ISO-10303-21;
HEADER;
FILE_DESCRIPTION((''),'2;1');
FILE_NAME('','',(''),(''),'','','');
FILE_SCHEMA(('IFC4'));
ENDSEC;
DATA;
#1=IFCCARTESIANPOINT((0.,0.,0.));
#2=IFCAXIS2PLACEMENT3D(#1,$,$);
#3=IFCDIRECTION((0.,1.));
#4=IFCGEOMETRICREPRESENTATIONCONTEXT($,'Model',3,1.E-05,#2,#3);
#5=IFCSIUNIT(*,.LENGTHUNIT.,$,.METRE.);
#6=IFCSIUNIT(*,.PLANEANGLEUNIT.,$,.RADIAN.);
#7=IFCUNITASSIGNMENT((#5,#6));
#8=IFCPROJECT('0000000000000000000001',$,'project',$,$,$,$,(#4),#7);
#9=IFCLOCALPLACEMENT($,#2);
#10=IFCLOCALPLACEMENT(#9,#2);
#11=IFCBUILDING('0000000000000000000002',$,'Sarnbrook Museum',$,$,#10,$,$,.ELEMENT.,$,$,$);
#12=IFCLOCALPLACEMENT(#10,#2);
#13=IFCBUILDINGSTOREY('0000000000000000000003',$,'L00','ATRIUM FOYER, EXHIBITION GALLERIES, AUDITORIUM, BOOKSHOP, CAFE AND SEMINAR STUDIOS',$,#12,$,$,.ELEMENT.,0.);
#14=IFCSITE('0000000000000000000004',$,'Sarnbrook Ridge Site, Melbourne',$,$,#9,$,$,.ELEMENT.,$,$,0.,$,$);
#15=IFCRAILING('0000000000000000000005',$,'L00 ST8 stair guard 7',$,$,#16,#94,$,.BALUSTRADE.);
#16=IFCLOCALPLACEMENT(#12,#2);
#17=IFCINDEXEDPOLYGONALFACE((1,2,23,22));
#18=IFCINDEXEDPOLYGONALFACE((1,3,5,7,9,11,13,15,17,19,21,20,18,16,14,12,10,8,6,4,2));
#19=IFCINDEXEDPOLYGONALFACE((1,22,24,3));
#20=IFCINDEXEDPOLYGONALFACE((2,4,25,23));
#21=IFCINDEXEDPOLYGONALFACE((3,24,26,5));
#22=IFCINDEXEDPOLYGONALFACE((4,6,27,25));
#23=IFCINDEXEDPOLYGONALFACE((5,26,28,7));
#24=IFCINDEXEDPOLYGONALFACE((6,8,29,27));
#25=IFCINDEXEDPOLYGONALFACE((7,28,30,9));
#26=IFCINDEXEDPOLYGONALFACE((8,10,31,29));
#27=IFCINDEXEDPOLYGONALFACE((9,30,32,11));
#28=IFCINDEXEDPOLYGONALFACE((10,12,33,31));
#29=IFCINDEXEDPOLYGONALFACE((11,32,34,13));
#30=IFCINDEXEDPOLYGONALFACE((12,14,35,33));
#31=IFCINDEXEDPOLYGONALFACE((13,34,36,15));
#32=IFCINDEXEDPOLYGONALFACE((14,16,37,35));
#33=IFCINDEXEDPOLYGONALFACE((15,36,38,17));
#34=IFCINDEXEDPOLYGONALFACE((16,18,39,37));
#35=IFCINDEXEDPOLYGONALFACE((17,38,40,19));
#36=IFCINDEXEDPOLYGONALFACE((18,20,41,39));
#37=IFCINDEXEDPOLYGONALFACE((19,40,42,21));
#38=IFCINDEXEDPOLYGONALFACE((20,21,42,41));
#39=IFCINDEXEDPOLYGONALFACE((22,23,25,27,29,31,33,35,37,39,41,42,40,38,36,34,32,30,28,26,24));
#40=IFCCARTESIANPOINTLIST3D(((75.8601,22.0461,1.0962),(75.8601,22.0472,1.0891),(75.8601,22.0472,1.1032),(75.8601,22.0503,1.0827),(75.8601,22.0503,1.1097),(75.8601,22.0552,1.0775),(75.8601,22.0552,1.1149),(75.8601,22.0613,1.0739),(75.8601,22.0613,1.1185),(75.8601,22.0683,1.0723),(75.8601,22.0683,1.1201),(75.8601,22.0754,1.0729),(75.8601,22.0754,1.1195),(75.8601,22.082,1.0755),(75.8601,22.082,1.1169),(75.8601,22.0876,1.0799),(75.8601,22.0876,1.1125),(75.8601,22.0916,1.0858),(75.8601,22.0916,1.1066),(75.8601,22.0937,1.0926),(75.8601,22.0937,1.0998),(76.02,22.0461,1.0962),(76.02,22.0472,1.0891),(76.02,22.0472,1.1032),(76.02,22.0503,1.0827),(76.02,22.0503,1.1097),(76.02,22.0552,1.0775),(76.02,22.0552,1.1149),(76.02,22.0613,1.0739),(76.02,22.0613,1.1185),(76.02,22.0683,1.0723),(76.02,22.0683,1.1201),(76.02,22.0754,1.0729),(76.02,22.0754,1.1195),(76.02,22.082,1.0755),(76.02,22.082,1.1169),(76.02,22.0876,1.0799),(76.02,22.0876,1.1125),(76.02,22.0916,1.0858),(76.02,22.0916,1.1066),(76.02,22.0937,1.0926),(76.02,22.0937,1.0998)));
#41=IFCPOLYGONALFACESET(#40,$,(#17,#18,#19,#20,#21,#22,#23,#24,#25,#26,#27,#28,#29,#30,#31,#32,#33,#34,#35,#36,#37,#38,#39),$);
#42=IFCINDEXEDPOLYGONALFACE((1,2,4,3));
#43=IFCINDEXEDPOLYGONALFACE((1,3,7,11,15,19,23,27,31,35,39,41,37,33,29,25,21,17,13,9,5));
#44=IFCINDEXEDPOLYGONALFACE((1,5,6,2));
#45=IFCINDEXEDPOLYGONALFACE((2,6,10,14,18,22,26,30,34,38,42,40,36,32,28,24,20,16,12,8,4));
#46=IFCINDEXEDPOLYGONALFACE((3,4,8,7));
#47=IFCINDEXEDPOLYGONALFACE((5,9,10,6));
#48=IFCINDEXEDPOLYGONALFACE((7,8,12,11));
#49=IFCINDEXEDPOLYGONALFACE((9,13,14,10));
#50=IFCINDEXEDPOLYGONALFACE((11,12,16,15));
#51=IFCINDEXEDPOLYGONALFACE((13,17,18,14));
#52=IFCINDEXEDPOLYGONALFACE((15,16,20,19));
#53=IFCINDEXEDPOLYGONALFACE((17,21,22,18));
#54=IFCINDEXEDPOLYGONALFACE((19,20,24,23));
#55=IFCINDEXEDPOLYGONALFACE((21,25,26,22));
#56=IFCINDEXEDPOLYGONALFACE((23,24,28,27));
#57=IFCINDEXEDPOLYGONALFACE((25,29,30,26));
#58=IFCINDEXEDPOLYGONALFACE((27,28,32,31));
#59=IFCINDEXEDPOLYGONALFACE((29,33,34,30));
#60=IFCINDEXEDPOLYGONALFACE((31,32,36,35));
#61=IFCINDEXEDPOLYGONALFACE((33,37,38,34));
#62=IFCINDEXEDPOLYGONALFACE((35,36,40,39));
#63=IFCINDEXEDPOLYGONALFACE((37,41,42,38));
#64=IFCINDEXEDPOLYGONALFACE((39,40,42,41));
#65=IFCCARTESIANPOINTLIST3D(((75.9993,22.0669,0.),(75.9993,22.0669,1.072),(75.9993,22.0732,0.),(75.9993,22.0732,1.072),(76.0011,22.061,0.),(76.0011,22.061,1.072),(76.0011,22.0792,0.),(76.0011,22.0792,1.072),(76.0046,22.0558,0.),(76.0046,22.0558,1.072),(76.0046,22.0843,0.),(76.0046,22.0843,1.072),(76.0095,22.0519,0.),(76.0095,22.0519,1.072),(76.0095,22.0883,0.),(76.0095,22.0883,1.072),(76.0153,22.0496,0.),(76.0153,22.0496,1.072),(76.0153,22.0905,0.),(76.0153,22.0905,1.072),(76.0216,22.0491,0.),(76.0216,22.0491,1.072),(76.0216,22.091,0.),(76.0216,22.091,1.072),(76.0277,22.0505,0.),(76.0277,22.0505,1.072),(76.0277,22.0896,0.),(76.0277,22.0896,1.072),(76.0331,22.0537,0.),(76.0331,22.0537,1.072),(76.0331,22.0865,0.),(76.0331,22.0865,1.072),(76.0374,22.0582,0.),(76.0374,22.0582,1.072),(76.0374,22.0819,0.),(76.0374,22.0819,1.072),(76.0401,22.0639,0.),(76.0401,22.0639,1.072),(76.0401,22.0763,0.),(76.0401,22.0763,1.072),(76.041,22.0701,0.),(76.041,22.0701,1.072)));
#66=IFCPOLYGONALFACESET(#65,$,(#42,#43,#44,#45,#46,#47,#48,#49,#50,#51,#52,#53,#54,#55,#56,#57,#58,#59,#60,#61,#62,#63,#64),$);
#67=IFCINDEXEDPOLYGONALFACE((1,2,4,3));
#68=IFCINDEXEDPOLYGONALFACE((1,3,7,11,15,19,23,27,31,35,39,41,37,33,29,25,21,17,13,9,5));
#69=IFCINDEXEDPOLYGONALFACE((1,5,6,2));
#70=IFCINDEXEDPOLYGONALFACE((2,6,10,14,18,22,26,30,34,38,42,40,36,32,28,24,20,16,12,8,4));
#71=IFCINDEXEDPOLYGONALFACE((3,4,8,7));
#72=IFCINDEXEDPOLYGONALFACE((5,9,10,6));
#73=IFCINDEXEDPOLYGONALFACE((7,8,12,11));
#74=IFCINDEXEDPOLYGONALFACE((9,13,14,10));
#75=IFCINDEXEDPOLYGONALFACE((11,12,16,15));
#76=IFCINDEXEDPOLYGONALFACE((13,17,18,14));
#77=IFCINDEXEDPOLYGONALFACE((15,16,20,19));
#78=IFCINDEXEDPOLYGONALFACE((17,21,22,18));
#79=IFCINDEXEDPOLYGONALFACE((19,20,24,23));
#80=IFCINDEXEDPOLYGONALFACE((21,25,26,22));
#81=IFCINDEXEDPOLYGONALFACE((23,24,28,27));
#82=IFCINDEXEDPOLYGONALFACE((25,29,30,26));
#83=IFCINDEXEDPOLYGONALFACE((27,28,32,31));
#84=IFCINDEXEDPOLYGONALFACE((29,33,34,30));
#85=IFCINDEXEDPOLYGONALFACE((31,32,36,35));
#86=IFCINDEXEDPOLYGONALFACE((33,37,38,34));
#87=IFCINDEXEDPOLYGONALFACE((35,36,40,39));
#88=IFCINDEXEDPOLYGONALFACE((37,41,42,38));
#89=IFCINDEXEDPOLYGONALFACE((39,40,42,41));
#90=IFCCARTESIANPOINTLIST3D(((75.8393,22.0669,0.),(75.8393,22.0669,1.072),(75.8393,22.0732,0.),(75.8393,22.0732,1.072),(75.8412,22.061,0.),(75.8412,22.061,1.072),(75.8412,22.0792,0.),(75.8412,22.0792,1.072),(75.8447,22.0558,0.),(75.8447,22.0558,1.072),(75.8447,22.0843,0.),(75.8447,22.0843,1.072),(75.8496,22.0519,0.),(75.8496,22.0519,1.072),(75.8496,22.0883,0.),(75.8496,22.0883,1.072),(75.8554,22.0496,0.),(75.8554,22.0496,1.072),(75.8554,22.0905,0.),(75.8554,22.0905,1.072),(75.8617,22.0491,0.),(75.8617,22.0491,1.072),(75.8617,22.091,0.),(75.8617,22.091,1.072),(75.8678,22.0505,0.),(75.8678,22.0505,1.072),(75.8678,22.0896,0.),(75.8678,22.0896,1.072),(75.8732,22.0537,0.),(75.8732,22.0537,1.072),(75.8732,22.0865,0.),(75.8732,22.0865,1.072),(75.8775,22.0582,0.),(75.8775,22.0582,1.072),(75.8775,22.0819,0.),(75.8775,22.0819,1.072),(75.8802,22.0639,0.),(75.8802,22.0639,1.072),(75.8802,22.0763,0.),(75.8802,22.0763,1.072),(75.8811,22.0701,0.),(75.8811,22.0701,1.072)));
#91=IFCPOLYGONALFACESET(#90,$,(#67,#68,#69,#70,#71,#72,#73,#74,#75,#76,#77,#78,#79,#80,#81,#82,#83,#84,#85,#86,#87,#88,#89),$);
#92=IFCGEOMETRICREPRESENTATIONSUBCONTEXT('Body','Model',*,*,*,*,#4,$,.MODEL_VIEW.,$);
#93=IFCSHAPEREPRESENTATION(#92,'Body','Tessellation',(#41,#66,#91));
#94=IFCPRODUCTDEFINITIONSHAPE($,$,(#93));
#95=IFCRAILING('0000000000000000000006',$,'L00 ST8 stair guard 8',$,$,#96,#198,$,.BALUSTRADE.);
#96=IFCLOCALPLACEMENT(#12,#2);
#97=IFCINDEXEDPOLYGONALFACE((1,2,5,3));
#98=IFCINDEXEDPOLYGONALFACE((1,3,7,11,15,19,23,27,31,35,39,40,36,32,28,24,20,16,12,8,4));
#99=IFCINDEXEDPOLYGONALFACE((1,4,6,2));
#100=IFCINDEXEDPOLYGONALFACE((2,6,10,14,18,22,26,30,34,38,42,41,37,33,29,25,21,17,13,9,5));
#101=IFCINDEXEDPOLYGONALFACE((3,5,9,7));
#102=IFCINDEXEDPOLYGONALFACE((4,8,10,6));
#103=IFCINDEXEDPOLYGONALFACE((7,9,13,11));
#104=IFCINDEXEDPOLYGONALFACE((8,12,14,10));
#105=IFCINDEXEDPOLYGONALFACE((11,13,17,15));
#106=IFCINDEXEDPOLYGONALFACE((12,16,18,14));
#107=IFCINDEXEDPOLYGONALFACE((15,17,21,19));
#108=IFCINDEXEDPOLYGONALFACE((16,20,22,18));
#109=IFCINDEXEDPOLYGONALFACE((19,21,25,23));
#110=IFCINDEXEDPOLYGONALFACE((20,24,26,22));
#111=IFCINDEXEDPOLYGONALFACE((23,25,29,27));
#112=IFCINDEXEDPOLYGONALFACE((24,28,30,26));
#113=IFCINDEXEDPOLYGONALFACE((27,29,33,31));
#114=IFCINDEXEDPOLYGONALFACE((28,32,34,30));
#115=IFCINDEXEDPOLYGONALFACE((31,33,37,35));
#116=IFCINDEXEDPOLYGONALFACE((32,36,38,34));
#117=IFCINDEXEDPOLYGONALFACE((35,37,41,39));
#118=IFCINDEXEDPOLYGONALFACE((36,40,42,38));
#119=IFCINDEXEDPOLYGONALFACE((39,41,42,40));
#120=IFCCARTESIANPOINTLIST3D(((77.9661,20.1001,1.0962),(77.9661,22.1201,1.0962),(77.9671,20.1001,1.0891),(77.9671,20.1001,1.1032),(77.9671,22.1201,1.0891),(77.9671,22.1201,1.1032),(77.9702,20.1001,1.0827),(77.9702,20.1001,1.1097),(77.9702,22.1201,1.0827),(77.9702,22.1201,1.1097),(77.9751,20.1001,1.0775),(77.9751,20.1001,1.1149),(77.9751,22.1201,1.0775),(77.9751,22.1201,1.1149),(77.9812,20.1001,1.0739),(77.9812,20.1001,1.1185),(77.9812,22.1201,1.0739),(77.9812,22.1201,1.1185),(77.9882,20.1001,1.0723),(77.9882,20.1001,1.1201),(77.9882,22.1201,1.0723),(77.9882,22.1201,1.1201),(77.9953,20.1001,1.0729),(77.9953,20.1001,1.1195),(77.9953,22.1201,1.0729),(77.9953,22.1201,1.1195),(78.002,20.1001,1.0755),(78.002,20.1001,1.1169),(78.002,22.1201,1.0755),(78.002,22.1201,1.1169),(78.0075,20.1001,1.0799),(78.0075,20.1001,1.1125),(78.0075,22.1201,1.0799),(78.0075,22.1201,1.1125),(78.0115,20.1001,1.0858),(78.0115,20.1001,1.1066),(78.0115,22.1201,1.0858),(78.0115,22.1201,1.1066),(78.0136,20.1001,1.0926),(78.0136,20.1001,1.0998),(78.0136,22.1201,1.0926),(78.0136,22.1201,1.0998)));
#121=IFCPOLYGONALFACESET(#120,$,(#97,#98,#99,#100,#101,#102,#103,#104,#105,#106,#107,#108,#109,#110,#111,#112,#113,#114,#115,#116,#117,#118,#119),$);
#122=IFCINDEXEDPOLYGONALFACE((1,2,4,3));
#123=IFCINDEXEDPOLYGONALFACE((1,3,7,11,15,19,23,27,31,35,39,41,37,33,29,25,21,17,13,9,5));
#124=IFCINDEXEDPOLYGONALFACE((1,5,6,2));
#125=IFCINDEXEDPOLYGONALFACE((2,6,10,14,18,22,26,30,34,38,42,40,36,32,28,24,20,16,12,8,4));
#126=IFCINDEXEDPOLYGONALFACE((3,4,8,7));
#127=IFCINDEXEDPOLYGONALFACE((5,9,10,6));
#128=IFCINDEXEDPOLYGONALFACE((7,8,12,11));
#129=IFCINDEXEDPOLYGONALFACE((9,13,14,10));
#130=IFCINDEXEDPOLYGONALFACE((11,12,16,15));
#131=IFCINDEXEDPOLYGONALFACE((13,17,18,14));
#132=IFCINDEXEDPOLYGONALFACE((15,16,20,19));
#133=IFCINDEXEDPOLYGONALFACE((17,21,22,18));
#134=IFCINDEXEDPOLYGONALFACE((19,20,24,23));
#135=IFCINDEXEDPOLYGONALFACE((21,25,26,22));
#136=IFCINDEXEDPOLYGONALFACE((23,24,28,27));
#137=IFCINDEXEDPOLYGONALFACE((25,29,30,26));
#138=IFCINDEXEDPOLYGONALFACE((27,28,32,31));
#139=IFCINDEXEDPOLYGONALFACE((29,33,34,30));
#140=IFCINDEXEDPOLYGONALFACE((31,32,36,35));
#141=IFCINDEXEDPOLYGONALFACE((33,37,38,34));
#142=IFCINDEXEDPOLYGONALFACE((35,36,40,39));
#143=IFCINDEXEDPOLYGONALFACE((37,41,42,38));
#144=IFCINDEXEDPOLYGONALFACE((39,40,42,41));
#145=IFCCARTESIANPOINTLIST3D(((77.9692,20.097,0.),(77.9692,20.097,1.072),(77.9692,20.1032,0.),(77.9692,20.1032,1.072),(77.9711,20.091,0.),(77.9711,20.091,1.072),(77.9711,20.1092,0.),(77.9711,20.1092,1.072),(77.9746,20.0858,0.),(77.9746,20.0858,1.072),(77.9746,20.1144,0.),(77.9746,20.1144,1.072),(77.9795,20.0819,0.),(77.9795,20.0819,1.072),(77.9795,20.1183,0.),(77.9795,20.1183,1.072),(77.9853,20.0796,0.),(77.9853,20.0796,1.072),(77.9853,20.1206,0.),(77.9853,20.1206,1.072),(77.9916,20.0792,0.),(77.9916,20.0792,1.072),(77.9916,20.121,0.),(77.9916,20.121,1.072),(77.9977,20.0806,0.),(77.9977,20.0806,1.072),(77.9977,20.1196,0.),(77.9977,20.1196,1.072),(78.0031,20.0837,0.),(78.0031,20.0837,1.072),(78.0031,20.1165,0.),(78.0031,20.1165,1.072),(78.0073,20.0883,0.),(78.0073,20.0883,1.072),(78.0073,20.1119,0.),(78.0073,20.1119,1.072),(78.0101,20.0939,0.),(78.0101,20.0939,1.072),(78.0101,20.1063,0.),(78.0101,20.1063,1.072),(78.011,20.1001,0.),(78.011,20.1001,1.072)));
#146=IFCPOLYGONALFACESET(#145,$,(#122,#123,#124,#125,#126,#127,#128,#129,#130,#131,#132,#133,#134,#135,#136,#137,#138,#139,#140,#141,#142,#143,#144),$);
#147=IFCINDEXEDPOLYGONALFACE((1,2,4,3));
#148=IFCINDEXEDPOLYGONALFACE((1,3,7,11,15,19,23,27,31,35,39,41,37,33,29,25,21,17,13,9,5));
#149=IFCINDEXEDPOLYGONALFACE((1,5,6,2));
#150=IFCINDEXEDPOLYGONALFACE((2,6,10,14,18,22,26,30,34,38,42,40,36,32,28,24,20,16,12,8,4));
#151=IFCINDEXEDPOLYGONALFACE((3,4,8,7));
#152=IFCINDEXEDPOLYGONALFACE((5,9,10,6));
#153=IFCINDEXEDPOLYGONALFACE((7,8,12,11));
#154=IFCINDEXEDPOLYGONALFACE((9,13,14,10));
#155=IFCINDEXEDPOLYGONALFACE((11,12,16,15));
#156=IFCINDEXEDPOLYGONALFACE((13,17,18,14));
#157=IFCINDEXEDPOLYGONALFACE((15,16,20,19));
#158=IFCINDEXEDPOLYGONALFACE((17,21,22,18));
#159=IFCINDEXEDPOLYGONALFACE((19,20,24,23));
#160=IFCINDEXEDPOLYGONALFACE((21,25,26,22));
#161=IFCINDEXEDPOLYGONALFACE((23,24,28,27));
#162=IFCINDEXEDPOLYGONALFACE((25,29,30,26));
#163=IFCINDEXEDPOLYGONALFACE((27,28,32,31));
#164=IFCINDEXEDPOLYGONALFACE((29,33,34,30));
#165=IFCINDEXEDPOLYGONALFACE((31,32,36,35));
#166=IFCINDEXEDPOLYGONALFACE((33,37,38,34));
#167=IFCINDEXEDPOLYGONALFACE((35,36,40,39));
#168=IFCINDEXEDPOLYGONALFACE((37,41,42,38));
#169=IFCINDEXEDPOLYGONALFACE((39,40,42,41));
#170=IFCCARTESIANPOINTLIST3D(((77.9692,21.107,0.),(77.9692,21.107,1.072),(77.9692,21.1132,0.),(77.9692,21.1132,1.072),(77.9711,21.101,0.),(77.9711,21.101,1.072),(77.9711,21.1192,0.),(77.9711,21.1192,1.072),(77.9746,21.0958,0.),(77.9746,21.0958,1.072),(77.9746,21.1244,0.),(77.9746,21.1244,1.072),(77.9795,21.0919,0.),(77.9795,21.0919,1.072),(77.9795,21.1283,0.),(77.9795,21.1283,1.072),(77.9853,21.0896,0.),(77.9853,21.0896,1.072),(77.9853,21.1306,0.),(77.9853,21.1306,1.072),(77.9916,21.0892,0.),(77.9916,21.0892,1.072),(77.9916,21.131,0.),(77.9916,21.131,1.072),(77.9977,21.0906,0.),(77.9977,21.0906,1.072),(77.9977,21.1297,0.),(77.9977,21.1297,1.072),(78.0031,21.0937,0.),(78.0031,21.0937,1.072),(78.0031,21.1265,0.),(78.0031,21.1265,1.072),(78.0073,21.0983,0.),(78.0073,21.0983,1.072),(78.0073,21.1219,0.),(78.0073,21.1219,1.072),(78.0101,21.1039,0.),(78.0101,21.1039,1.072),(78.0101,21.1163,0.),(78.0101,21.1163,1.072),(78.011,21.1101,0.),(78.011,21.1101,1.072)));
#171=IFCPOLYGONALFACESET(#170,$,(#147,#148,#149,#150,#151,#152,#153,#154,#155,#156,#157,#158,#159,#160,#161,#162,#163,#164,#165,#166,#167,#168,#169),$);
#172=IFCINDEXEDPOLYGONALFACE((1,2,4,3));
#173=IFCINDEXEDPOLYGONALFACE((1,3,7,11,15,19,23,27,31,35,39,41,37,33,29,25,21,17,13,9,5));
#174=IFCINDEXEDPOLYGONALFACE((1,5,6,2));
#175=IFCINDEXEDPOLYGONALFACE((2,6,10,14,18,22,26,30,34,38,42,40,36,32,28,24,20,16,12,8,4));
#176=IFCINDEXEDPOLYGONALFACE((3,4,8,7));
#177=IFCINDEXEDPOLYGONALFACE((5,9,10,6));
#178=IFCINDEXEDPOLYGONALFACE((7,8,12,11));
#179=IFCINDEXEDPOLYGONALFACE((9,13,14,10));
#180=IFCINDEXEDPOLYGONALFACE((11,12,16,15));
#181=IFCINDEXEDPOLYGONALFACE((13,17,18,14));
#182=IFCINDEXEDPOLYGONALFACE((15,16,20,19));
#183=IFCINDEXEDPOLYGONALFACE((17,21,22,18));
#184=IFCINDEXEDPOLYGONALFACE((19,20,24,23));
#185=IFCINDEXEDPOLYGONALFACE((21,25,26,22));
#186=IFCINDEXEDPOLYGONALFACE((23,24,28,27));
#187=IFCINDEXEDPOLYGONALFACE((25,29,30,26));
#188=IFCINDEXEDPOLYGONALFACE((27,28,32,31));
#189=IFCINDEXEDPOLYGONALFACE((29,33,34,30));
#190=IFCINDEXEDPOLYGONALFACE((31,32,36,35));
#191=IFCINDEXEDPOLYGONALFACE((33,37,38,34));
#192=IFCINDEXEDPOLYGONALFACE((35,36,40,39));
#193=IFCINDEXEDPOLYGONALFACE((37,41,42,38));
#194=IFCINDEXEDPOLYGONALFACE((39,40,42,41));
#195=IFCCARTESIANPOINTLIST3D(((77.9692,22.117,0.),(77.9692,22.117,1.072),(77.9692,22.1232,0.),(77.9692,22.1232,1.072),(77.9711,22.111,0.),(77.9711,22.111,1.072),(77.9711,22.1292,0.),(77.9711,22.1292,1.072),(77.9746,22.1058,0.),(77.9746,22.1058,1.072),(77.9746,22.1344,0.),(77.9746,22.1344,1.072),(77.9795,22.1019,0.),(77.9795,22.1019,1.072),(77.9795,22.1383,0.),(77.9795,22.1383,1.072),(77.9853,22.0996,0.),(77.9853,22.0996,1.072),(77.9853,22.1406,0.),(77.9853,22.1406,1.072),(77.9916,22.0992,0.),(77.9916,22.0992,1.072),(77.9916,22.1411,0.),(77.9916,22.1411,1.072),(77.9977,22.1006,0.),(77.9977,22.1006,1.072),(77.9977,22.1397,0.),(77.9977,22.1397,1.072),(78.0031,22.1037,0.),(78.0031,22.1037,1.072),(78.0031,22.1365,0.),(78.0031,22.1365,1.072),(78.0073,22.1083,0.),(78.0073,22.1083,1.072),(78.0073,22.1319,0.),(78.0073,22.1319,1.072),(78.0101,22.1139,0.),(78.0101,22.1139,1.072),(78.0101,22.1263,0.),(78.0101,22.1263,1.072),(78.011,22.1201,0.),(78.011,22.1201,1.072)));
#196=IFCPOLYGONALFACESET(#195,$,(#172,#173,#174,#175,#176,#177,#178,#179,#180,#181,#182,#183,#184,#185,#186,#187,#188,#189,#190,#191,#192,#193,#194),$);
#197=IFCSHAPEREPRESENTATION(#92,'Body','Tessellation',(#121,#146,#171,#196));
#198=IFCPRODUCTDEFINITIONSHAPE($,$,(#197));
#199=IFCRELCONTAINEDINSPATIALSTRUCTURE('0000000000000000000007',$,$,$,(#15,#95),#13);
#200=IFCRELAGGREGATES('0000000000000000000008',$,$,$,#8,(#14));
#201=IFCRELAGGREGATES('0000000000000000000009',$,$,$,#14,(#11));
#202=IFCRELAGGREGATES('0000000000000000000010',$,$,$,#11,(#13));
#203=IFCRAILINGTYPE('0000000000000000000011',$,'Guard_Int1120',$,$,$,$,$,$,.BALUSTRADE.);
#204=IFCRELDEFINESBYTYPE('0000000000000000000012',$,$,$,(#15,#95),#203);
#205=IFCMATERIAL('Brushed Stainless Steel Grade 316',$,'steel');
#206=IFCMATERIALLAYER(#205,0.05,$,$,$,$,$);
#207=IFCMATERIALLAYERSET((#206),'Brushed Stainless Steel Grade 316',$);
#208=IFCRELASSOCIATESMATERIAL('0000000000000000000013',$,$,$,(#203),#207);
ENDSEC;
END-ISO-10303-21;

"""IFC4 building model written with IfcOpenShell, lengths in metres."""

from ifc_helpers import new_model, si_unit, direction, frame, origin, origin_2d, place, context, subcontext, project, spatial, circle, extrude, material, layer, layer_set, type_object, element, save


model = new_model("IFC4")

# Units and contexts
model_context = context("Model", 3, precision=1e-05, world=origin(), true_north=direction((0.0, 1.0)))
body_context = subcontext(model_context, "Body", "Model", "MODEL_VIEW")
ifc_project = project(units=[si_unit("LENGTHUNIT", "METRE"), si_unit("PLANEANGLEUNIT", "RADIAN")], contexts=[model_context])

# Site, building, storey
site_placement = place(None, origin())
site = spatial("IfcSite", under=ifc_project, at=site_placement, Name="Sarnbrook Ridge Site, Melbourne", CompositionType="ELEMENT", RefElevation=0.0)
building_placement = place(site_placement, origin())
building = spatial("IfcBuilding", under=site, at=building_placement, Name="Sarnbrook Museum", CompositionType="ELEMENT")
storey_placement = place(building_placement, origin())
storey = spatial("IfcBuildingStorey", under=building, at=storey_placement, Name="L00", Description="ATRIUM FOYER, EXHIBITION GALLERIES, AUDITORIUM, BOOKSHOP, CAFE AND SEMINAR STUDIOS", CompositionType="ELEMENT", Elevation=0.0)

# Railings
ifc_material_1 = material(Name="Brushed Stainless Steel Grade 316", Category="steel")
ifc_layer_1 = layer(ifc_material_1, 0.05)
ifc_layer_set_1 = layer_set([ifc_layer_1], Name="Brushed Stainless Steel Grade 316")
railing_type_1 = type_object("IfcRailingType", Name="Guard_Int1120", PredefinedType="BALUSTRADE", material=ifc_layer_set_1)
railing_1_placement = place(storey_placement, frame((76.02, 22.0701, 0.0)))
element("IfcRailing", 1, at=railing_1_placement, inside=storey, type_object=railing_type_1, Name="L00 ST8 stair guard 7", PredefinedType="BALUSTRADE", context=body_context, shape_type="SweptSolid", body=[
    extrude(circle(Radius=0.0239, at=origin_2d()), frame((0.0, 0.0, 1.0962), z_axis=(-1.0, 0.0, 0.0), x_axis=(0.0, -1.0, 0.0)), (0.0, 0.0, 1.0), 0.1599),
    extrude(circle(Radius=0.021, at=origin_2d()), origin(), (0.0, 0.0, 1.0), 1.072),
    extrude(circle(Radius=0.021, at=origin_2d()), frame((-0.1599, 0.0, 0.0)), (0.0, 0.0, 1.0), 1.072),
])
for number, where, name in (
    (2, (77.99, 20.1001, 0.0), "L00 ST8 stair guard 8"),
):
    element("IfcRailing", number, at=place(storey_placement, frame(where)), inside=storey, type_object=railing_type_1, Name=name, PredefinedType="BALUSTRADE", context=body_context, shape_type="SweptSolid", body=[
        extrude(circle(Radius=0.0239, at=origin_2d()), frame((0.0, 0.0, 1.0962), z_axis=(0.0, 1.0, 0.0), x_axis=(-1.0, 0.0, 0.0)), (0.0, 0.0, 1.0), 2.02),
        extrude(circle(Radius=0.021, at=origin_2d()), origin(), (0.0, 0.0, 1.0), 1.072),
        extrude(circle(Radius=0.021, at=origin_2d()), frame((0.0, 1.01, 0.0)), (0.0, 0.0, 1.0), 1.072),
        extrude(circle(Radius=0.021, at=origin_2d()), frame((0.0, 2.02, 0.0)), (0.0, 0.0, 1.0), 1.072),
    ])

save(model, "model.ifc")
